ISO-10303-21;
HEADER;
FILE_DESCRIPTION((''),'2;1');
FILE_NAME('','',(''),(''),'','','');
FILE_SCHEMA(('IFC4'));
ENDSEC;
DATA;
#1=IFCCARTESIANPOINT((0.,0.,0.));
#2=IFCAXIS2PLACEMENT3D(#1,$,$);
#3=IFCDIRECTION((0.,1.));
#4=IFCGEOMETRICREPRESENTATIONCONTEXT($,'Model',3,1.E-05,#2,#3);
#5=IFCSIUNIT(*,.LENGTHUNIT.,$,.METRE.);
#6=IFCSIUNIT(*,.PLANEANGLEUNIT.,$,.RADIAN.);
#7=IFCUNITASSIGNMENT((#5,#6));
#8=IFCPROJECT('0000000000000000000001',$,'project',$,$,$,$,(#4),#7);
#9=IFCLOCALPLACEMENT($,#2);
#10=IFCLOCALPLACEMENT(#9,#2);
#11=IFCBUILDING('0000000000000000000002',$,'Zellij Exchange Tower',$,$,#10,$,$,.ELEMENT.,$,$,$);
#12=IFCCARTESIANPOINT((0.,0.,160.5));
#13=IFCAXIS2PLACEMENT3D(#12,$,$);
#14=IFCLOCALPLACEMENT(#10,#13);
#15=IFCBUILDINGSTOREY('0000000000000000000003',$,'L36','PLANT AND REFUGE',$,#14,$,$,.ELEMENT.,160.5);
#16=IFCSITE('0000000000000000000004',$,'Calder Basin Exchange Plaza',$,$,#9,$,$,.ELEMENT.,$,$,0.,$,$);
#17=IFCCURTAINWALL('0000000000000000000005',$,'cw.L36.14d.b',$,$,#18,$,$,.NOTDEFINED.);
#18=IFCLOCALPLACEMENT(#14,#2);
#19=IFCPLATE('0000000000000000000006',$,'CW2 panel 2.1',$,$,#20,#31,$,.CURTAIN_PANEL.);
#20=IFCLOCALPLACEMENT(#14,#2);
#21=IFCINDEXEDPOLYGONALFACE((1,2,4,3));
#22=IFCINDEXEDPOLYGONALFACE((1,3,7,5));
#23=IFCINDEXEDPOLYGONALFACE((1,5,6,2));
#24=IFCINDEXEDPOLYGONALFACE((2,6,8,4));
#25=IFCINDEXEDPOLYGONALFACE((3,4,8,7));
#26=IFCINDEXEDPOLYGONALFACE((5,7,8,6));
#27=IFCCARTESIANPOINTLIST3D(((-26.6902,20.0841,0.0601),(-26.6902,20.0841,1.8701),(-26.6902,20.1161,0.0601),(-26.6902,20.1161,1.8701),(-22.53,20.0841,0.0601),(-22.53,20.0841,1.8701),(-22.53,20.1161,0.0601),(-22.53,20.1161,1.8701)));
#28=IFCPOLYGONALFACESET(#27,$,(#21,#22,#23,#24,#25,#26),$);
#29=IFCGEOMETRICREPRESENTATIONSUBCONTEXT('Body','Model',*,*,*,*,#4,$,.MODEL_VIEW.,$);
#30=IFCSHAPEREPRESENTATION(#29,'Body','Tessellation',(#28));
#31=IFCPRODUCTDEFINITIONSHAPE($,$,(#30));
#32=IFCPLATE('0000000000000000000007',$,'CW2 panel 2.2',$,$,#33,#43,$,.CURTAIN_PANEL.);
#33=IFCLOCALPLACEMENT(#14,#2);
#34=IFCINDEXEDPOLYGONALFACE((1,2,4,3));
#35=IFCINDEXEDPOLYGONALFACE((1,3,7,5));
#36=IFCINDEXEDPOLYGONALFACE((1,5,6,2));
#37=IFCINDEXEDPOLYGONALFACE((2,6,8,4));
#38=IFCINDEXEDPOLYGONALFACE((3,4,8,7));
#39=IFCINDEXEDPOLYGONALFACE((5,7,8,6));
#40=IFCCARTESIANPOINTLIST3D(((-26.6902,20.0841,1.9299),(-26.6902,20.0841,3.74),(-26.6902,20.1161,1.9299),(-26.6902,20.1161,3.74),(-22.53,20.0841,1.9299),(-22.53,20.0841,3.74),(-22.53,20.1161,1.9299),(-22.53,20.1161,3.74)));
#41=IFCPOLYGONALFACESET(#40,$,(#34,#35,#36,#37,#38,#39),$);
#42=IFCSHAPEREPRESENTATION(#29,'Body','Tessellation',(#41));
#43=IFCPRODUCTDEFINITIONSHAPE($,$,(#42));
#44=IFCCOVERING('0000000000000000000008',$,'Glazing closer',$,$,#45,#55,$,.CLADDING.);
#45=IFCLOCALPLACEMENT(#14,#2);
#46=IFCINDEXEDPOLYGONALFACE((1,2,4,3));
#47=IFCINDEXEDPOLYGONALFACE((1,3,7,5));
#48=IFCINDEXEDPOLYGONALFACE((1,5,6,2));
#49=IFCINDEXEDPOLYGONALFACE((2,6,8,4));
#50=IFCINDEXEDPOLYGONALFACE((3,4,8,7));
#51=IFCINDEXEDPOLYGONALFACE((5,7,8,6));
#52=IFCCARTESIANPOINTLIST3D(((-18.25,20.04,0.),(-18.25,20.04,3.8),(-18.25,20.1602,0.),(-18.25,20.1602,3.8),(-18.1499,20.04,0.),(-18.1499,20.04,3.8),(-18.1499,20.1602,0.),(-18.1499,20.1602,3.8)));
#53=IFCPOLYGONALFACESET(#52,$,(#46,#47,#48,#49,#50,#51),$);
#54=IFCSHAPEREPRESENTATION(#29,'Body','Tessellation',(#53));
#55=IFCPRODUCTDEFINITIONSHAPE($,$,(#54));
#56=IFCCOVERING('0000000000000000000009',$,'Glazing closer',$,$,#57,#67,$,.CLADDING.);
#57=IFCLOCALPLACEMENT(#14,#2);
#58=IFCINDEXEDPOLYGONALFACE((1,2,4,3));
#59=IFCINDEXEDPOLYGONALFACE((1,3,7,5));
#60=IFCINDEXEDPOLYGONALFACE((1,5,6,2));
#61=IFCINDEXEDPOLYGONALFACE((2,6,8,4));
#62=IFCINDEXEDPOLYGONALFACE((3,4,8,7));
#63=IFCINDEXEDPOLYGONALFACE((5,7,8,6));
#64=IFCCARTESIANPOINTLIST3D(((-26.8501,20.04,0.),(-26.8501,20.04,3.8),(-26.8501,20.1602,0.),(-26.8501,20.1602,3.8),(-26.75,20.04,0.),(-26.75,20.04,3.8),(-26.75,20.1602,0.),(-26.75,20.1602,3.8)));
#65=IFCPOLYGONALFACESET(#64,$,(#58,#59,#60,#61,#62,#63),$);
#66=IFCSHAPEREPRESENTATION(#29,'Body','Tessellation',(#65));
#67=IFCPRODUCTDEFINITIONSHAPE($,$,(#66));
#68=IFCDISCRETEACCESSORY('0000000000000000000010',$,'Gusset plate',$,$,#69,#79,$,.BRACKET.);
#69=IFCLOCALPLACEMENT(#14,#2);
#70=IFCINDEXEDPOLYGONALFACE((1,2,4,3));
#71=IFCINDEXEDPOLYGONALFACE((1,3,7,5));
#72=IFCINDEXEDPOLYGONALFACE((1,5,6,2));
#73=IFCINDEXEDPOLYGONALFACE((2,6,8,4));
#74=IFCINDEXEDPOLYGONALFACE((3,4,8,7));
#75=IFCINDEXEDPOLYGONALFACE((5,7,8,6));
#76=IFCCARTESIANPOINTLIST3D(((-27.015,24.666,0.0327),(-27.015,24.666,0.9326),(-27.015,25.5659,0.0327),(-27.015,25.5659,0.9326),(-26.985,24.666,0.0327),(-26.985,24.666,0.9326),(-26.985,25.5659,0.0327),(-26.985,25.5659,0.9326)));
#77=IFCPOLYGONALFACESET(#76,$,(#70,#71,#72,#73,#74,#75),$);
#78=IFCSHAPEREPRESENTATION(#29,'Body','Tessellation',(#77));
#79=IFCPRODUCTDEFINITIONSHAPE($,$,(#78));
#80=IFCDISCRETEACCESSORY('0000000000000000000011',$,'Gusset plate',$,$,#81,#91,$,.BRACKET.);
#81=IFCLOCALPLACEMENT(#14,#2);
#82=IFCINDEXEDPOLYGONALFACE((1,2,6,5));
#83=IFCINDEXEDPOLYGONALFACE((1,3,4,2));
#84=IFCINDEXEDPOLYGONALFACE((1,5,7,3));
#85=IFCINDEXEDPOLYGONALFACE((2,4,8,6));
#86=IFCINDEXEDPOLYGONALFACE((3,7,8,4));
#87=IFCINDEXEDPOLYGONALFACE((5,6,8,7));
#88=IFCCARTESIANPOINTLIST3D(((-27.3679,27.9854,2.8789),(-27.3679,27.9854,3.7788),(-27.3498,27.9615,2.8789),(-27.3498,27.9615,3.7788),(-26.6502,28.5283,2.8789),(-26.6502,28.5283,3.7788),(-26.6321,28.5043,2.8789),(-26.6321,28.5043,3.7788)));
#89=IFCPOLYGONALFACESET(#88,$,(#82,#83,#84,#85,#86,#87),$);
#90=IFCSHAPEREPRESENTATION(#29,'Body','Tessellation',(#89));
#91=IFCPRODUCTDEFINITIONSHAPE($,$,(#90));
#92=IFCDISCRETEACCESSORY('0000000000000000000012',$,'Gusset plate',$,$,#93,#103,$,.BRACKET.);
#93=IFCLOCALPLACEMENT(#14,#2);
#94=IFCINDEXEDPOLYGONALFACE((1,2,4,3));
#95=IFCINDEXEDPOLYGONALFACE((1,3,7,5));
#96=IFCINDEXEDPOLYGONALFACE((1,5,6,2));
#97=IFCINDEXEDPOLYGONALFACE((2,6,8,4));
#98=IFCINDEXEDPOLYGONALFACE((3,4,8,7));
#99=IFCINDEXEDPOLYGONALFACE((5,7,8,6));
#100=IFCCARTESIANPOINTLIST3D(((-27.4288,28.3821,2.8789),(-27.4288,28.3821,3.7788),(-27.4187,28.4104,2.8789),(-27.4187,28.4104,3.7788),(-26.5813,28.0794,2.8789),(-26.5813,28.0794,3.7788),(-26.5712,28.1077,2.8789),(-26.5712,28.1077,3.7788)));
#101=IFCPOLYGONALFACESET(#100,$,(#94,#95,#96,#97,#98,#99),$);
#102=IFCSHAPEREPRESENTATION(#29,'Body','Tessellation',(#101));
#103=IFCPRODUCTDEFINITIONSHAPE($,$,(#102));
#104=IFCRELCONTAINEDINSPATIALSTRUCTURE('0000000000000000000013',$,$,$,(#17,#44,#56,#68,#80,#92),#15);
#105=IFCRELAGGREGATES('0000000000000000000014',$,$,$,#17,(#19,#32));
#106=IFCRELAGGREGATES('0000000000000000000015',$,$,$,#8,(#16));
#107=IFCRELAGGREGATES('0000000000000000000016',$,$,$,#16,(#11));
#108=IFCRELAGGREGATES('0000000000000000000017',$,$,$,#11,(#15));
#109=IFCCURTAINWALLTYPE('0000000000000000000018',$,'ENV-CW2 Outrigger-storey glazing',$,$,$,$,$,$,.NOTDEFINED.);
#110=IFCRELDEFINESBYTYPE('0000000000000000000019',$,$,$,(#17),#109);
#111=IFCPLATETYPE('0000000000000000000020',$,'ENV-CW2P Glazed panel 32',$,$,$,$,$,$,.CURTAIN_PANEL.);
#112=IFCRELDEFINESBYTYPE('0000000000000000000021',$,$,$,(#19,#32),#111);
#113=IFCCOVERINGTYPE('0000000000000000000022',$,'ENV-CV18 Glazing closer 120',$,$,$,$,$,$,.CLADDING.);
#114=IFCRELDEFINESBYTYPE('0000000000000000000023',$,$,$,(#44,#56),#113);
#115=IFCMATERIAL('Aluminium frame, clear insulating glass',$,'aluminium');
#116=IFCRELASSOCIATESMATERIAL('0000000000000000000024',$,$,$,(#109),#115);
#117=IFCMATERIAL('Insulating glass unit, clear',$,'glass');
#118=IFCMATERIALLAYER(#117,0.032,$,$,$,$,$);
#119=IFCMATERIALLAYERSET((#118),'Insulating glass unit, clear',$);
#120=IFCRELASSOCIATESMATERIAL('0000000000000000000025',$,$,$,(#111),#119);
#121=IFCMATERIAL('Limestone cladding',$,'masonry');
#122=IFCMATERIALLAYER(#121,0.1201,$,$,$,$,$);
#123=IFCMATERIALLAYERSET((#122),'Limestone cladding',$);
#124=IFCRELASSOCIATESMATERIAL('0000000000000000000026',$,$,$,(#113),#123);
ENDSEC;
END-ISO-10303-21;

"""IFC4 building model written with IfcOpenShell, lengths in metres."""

from ifc_helpers import new_model, si_unit, direction, frame, origin, origin_2d, place, context, subcontext, project, spatial, rectangle, extrude, material, layer, layer_set, type_object, element, aggregate, save


model = new_model("IFC4")

# Units and contexts
model_context = context("Model", 3, precision=1e-05, world=origin(), true_north=direction((0.0, 1.0)))
body_context = subcontext(model_context, "Body", "Model", "MODEL_VIEW")
ifc_project = project(units=[si_unit("LENGTHUNIT", "METRE"), si_unit("PLANEANGLEUNIT", "RADIAN")], contexts=[model_context])

# Site, building, storey
site_placement = place(None, origin())
site = spatial("IfcSite", under=ifc_project, at=site_placement, Name="Calder Basin Exchange Plaza", CompositionType="ELEMENT", RefElevation=0.0)
building_placement = place(site_placement, origin())
building = spatial("IfcBuilding", under=site, at=building_placement, Name="Zellij Exchange Tower", CompositionType="ELEMENT")
storey_placement = place(building_placement, frame((0.0, 0.0, 160.5)))
storey = spatial("IfcBuildingStorey", under=building, at=storey_placement, Name="L36", Description="PLANT AND REFUGE", CompositionType="ELEMENT", Elevation=160.5)

# Curtain wall
ifc_material_1 = material(Name="Aluminium frame, clear insulating glass", Category="aluminium")
curtain_wall_type = type_object("IfcCurtainWallType", Name="ENV-CW2 Outrigger-storey glazing", PredefinedType="NOTDEFINED", material=ifc_material_1)
curtain_wall_placement = place(storey_placement, origin())
curtain_wall = element("IfcCurtainWall", 1, at=curtain_wall_placement, inside=storey, type_object=curtain_wall_type, Name="cw.L36.14d.b", PredefinedType="NOTDEFINED")

# Plates
ifc_material_2 = material(Name="Insulating glass unit, clear", Category="glass")
ifc_layer_1 = layer(ifc_material_2, 0.032)
ifc_layer_set_1 = layer_set([ifc_layer_1], Name="Insulating glass unit, clear")
plate_type = type_object("IfcPlateType", Name="ENV-CW2P Glazed panel 32", PredefinedType="CURTAIN_PANEL", material=ifc_layer_set_1)
plate_1_placement = place(storey_placement, frame((-24.6101, 20.1001, 0.0601), z_axis=(0.0, 0.0, 1.0), x_axis=(-1.0, 0.0, 0.0)))
plate_1 = element("IfcPlate", 2, at=plate_1_placement, type_object=plate_type, Name="CW2 panel 2.1", PredefinedType="CURTAIN_PANEL", context=body_context, shape_type="SweptSolid", body=[
    extrude(rectangle(XDim=4.1602, YDim=0.032, at=origin_2d()), origin(), (0.0, 0.0, 1.0), 1.8101),
])
plate_2_placement = place(storey_placement, frame((-24.6101, 20.1001, 1.9299), z_axis=(0.0, 0.0, 1.0), x_axis=(-1.0, 0.0, 0.0)))
plate_2 = element("IfcPlate", 3, at=plate_2_placement, type_object=plate_type, Name="CW2 panel 2.2", PredefinedType="CURTAIN_PANEL", context=body_context, shape_type="SweptSolid", body=[
    extrude(rectangle(XDim=4.1602, YDim=0.032, at=origin_2d()), origin(), (0.0, 0.0, 1.0), 1.8101),
])
aggregate(curtain_wall, [plate_1, plate_2])

# Coverings
ifc_material_3 = material(Name="Limestone cladding", Category="masonry")
ifc_layer_2 = layer(ifc_material_3, 0.1201)
ifc_layer_set_2 = layer_set([ifc_layer_2], Name="Limestone cladding")
covering_type = type_object("IfcCoveringType", Name="ENV-CV18 Glazing closer 120", PredefinedType="CLADDING", material=ifc_layer_set_2)
for number, where, z_axis, x_axis, name in (
    (4, (-18.2, 20.1001, 0.0), (0.0, 0.0, 1.0), (-1.0, 0.0, 0.0), "Glazing closer"),
    (5, (-26.8, 20.1001, 0.0), (0.0, 0.0, 1.0), (-1.0, 0.0, 0.0), "Glazing closer"),
):
    element("IfcCovering", number, at=place(storey_placement, frame(where, z_axis=z_axis, x_axis=x_axis)), inside=storey, type_object=covering_type, Name=name, PredefinedType="CLADDING", context=body_context, shape_type="SweptSolid", body=[
        extrude(rectangle(XDim=0.1001, YDim=0.1201, at=origin_2d()), origin(), (0.0, 0.0, 1.0), 3.8),
    ])

# Discrete accessories
for number, where, z_axis, x_axis, name in (
    (6, (-27.0, 25.116, 0.0327), (0.0, 0.0, 1.0), (0.0, 1.0, 0.0), "Gusset plate"),
    (7, (-27.0, 28.2449, 2.8789), (0.0, 0.0, 1.0), (0.797534, 0.603273, 0.0), "Gusset plate"),
    (8, (-27.0, 28.2449, 2.8789), (0.0, 0.0, 1.0), (0.941725, -0.336384, 0.0), "Gusset plate"),
):
    element("IfcDiscreteAccessory", number, at=place(storey_placement, frame(where, z_axis=z_axis, x_axis=x_axis)), inside=storey, Name=name, PredefinedType="BRACKET", context=body_context, shape_type="SweptSolid", body=[
        extrude(rectangle(XDim=0.8999, YDim=0.03, at=origin_2d()), origin(), (0.0, 0.0, 1.0), 0.8999),
    ])

save(model, "model.ifc")
